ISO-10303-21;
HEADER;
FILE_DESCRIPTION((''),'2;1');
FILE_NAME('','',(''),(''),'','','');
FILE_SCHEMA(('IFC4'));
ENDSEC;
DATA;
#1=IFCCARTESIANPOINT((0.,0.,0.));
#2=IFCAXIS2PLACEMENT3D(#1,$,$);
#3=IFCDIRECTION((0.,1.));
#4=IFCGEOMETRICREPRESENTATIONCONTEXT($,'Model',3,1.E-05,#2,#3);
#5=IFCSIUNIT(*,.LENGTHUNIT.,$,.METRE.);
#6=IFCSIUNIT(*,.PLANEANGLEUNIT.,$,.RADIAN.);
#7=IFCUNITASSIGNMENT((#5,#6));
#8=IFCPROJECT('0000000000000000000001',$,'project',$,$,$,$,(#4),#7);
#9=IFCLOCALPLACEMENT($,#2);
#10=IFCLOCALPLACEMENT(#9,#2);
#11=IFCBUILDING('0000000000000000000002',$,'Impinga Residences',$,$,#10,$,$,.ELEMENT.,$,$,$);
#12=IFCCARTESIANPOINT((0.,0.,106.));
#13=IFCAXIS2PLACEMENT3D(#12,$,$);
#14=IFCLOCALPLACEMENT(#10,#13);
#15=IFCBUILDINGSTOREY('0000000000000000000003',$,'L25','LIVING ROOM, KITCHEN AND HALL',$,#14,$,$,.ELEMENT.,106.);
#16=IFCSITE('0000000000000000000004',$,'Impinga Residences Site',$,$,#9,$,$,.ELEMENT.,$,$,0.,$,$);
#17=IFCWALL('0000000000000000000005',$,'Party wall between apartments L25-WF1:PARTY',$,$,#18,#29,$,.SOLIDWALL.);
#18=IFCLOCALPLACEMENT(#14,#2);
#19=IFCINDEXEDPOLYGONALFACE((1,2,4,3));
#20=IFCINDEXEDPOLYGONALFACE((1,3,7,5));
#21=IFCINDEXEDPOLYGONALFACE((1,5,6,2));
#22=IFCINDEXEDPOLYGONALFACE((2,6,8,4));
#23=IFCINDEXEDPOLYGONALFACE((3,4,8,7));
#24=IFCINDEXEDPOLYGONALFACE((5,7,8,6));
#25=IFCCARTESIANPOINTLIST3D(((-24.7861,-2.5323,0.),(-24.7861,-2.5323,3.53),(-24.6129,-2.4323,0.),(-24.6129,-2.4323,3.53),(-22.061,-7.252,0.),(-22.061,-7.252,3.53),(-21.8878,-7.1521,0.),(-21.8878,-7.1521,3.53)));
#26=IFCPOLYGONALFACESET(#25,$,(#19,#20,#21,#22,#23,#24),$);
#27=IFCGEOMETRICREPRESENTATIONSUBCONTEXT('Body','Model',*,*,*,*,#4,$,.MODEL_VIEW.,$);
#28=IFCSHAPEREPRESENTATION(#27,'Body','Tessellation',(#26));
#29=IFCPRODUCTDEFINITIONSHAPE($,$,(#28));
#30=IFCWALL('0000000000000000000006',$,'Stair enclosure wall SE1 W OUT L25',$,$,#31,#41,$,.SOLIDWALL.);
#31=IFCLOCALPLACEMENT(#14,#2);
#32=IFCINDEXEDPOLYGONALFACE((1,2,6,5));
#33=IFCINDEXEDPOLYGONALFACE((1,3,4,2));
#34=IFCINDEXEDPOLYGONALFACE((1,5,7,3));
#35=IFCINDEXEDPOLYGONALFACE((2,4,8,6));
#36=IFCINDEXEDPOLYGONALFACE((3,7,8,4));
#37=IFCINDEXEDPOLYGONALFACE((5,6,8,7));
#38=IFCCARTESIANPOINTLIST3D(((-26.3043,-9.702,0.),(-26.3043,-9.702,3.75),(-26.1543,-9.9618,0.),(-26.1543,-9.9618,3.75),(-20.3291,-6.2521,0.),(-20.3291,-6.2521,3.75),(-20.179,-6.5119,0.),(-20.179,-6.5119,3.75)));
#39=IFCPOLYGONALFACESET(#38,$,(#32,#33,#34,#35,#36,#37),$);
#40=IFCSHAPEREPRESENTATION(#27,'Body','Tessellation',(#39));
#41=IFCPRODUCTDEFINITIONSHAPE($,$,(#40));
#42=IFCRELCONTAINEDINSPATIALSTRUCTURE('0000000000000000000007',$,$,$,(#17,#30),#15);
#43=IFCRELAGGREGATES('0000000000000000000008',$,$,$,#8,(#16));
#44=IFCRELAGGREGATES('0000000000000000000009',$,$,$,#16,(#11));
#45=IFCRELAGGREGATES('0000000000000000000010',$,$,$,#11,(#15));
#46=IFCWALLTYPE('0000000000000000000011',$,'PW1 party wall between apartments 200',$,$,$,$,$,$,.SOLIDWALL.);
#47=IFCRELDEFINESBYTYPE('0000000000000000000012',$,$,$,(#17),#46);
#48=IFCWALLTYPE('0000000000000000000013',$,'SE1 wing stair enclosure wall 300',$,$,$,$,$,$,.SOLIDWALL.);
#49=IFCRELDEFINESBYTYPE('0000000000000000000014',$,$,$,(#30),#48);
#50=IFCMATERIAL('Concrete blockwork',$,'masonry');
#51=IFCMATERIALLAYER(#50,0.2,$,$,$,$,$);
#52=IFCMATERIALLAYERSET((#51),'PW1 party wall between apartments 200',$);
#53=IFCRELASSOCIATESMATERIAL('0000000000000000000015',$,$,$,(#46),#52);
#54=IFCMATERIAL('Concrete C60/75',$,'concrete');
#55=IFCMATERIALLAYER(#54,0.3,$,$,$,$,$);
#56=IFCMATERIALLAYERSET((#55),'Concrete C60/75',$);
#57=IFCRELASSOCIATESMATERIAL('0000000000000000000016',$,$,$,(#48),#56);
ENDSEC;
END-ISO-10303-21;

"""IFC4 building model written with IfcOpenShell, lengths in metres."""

from ifc_helpers import new_model, si_unit, direction, frame, frame_2d, origin, place, context, subcontext, project, spatial, rectangle, extrude, material, layer, layer_set, type_object, element, save


model = new_model("IFC4")

# Units and contexts
model_context = context("Model", 3, precision=1e-05, world=origin(), true_north=direction((0.0, 1.0)))
body_context = subcontext(model_context, "Body", "Model", "MODEL_VIEW")
ifc_project = project(units=[si_unit("LENGTHUNIT", "METRE"), si_unit("PLANEANGLEUNIT", "RADIAN")], contexts=[model_context])

# Site, building, storey
site_placement = place(None, origin())
site = spatial("IfcSite", under=ifc_project, at=site_placement, Name="Impinga Residences Site", CompositionType="ELEMENT", RefElevation=0.0)
building_placement = place(site_placement, origin())
building = spatial("IfcBuilding", under=site, at=building_placement, Name="Impinga Residences", CompositionType="ELEMENT")
storey_placement = place(building_placement, frame((0.0, 0.0, 106.0)))
storey = spatial("IfcBuildingStorey", under=building, at=storey_placement, Name="L25", Description="LIVING ROOM, KITCHEN AND HALL", CompositionType="ELEMENT", Elevation=106.0)

# Shared definitions
ifc_material_1 = material(Name="Concrete C60/75", Category="concrete")

# Walls
ifc_material_2 = material(Name="Concrete blockwork", Category="masonry")
ifc_layer_1 = layer(ifc_material_2, 0.2)
ifc_layer_set_1 = layer_set([ifc_layer_1], Name="PW1 party wall between apartments 200")
wall_type_1 = type_object("IfcWallType", Name="PW1 party wall between apartments 200", PredefinedType="SOLIDWALL", material=ifc_layer_set_1)
wall_1_placement = place(storey_placement, frame((-21.9744, -7.2021, 0.0), z_axis=(0.0, 0.0, 1.0), x_axis=(-0.500022, 0.866013, 0.0)))
element("IfcWall", 1, at=wall_1_placement, inside=storey, type_object=wall_type_1, Name="Party wall between apartments L25-WF1:PARTY", PredefinedType="SOLIDWALL", context=body_context, shape_type="SweptSolid", body=[
    extrude(rectangle(XDim=5.45, YDim=0.2, at=frame_2d((2.7251, 0.0))), origin(), (0.0, 0.0, 1.0), 3.53),
])
ifc_layer_2 = layer(ifc_material_1, 0.3)
ifc_layer_set_2 = layer_set([ifc_layer_2], Name="Concrete C60/75")
wall_type_2 = type_object("IfcWallType", Name="SE1 wing stair enclosure wall 300", PredefinedType="SOLIDWALL", material=ifc_layer_set_2)
wall_2_placement = place(storey_placement, frame((-20.2542, -6.3821, 0.0), z_axis=(0.0, 0.0, 1.0), x_axis=(-0.86602, -0.500009, 0.0)))
element("IfcWall", 2, at=wall_2_placement, inside=storey, type_object=wall_type_2, Name="Stair enclosure wall SE1 W OUT L25", PredefinedType="SOLIDWALL", context=body_context, shape_type="SweptSolid", body=[
    extrude(rectangle(XDim=6.8997, YDim=0.3, at=frame_2d((3.4497, 0.0))), origin(), (0.0, 0.0, 1.0), 3.75),
])

save(model, "model.ifc")
